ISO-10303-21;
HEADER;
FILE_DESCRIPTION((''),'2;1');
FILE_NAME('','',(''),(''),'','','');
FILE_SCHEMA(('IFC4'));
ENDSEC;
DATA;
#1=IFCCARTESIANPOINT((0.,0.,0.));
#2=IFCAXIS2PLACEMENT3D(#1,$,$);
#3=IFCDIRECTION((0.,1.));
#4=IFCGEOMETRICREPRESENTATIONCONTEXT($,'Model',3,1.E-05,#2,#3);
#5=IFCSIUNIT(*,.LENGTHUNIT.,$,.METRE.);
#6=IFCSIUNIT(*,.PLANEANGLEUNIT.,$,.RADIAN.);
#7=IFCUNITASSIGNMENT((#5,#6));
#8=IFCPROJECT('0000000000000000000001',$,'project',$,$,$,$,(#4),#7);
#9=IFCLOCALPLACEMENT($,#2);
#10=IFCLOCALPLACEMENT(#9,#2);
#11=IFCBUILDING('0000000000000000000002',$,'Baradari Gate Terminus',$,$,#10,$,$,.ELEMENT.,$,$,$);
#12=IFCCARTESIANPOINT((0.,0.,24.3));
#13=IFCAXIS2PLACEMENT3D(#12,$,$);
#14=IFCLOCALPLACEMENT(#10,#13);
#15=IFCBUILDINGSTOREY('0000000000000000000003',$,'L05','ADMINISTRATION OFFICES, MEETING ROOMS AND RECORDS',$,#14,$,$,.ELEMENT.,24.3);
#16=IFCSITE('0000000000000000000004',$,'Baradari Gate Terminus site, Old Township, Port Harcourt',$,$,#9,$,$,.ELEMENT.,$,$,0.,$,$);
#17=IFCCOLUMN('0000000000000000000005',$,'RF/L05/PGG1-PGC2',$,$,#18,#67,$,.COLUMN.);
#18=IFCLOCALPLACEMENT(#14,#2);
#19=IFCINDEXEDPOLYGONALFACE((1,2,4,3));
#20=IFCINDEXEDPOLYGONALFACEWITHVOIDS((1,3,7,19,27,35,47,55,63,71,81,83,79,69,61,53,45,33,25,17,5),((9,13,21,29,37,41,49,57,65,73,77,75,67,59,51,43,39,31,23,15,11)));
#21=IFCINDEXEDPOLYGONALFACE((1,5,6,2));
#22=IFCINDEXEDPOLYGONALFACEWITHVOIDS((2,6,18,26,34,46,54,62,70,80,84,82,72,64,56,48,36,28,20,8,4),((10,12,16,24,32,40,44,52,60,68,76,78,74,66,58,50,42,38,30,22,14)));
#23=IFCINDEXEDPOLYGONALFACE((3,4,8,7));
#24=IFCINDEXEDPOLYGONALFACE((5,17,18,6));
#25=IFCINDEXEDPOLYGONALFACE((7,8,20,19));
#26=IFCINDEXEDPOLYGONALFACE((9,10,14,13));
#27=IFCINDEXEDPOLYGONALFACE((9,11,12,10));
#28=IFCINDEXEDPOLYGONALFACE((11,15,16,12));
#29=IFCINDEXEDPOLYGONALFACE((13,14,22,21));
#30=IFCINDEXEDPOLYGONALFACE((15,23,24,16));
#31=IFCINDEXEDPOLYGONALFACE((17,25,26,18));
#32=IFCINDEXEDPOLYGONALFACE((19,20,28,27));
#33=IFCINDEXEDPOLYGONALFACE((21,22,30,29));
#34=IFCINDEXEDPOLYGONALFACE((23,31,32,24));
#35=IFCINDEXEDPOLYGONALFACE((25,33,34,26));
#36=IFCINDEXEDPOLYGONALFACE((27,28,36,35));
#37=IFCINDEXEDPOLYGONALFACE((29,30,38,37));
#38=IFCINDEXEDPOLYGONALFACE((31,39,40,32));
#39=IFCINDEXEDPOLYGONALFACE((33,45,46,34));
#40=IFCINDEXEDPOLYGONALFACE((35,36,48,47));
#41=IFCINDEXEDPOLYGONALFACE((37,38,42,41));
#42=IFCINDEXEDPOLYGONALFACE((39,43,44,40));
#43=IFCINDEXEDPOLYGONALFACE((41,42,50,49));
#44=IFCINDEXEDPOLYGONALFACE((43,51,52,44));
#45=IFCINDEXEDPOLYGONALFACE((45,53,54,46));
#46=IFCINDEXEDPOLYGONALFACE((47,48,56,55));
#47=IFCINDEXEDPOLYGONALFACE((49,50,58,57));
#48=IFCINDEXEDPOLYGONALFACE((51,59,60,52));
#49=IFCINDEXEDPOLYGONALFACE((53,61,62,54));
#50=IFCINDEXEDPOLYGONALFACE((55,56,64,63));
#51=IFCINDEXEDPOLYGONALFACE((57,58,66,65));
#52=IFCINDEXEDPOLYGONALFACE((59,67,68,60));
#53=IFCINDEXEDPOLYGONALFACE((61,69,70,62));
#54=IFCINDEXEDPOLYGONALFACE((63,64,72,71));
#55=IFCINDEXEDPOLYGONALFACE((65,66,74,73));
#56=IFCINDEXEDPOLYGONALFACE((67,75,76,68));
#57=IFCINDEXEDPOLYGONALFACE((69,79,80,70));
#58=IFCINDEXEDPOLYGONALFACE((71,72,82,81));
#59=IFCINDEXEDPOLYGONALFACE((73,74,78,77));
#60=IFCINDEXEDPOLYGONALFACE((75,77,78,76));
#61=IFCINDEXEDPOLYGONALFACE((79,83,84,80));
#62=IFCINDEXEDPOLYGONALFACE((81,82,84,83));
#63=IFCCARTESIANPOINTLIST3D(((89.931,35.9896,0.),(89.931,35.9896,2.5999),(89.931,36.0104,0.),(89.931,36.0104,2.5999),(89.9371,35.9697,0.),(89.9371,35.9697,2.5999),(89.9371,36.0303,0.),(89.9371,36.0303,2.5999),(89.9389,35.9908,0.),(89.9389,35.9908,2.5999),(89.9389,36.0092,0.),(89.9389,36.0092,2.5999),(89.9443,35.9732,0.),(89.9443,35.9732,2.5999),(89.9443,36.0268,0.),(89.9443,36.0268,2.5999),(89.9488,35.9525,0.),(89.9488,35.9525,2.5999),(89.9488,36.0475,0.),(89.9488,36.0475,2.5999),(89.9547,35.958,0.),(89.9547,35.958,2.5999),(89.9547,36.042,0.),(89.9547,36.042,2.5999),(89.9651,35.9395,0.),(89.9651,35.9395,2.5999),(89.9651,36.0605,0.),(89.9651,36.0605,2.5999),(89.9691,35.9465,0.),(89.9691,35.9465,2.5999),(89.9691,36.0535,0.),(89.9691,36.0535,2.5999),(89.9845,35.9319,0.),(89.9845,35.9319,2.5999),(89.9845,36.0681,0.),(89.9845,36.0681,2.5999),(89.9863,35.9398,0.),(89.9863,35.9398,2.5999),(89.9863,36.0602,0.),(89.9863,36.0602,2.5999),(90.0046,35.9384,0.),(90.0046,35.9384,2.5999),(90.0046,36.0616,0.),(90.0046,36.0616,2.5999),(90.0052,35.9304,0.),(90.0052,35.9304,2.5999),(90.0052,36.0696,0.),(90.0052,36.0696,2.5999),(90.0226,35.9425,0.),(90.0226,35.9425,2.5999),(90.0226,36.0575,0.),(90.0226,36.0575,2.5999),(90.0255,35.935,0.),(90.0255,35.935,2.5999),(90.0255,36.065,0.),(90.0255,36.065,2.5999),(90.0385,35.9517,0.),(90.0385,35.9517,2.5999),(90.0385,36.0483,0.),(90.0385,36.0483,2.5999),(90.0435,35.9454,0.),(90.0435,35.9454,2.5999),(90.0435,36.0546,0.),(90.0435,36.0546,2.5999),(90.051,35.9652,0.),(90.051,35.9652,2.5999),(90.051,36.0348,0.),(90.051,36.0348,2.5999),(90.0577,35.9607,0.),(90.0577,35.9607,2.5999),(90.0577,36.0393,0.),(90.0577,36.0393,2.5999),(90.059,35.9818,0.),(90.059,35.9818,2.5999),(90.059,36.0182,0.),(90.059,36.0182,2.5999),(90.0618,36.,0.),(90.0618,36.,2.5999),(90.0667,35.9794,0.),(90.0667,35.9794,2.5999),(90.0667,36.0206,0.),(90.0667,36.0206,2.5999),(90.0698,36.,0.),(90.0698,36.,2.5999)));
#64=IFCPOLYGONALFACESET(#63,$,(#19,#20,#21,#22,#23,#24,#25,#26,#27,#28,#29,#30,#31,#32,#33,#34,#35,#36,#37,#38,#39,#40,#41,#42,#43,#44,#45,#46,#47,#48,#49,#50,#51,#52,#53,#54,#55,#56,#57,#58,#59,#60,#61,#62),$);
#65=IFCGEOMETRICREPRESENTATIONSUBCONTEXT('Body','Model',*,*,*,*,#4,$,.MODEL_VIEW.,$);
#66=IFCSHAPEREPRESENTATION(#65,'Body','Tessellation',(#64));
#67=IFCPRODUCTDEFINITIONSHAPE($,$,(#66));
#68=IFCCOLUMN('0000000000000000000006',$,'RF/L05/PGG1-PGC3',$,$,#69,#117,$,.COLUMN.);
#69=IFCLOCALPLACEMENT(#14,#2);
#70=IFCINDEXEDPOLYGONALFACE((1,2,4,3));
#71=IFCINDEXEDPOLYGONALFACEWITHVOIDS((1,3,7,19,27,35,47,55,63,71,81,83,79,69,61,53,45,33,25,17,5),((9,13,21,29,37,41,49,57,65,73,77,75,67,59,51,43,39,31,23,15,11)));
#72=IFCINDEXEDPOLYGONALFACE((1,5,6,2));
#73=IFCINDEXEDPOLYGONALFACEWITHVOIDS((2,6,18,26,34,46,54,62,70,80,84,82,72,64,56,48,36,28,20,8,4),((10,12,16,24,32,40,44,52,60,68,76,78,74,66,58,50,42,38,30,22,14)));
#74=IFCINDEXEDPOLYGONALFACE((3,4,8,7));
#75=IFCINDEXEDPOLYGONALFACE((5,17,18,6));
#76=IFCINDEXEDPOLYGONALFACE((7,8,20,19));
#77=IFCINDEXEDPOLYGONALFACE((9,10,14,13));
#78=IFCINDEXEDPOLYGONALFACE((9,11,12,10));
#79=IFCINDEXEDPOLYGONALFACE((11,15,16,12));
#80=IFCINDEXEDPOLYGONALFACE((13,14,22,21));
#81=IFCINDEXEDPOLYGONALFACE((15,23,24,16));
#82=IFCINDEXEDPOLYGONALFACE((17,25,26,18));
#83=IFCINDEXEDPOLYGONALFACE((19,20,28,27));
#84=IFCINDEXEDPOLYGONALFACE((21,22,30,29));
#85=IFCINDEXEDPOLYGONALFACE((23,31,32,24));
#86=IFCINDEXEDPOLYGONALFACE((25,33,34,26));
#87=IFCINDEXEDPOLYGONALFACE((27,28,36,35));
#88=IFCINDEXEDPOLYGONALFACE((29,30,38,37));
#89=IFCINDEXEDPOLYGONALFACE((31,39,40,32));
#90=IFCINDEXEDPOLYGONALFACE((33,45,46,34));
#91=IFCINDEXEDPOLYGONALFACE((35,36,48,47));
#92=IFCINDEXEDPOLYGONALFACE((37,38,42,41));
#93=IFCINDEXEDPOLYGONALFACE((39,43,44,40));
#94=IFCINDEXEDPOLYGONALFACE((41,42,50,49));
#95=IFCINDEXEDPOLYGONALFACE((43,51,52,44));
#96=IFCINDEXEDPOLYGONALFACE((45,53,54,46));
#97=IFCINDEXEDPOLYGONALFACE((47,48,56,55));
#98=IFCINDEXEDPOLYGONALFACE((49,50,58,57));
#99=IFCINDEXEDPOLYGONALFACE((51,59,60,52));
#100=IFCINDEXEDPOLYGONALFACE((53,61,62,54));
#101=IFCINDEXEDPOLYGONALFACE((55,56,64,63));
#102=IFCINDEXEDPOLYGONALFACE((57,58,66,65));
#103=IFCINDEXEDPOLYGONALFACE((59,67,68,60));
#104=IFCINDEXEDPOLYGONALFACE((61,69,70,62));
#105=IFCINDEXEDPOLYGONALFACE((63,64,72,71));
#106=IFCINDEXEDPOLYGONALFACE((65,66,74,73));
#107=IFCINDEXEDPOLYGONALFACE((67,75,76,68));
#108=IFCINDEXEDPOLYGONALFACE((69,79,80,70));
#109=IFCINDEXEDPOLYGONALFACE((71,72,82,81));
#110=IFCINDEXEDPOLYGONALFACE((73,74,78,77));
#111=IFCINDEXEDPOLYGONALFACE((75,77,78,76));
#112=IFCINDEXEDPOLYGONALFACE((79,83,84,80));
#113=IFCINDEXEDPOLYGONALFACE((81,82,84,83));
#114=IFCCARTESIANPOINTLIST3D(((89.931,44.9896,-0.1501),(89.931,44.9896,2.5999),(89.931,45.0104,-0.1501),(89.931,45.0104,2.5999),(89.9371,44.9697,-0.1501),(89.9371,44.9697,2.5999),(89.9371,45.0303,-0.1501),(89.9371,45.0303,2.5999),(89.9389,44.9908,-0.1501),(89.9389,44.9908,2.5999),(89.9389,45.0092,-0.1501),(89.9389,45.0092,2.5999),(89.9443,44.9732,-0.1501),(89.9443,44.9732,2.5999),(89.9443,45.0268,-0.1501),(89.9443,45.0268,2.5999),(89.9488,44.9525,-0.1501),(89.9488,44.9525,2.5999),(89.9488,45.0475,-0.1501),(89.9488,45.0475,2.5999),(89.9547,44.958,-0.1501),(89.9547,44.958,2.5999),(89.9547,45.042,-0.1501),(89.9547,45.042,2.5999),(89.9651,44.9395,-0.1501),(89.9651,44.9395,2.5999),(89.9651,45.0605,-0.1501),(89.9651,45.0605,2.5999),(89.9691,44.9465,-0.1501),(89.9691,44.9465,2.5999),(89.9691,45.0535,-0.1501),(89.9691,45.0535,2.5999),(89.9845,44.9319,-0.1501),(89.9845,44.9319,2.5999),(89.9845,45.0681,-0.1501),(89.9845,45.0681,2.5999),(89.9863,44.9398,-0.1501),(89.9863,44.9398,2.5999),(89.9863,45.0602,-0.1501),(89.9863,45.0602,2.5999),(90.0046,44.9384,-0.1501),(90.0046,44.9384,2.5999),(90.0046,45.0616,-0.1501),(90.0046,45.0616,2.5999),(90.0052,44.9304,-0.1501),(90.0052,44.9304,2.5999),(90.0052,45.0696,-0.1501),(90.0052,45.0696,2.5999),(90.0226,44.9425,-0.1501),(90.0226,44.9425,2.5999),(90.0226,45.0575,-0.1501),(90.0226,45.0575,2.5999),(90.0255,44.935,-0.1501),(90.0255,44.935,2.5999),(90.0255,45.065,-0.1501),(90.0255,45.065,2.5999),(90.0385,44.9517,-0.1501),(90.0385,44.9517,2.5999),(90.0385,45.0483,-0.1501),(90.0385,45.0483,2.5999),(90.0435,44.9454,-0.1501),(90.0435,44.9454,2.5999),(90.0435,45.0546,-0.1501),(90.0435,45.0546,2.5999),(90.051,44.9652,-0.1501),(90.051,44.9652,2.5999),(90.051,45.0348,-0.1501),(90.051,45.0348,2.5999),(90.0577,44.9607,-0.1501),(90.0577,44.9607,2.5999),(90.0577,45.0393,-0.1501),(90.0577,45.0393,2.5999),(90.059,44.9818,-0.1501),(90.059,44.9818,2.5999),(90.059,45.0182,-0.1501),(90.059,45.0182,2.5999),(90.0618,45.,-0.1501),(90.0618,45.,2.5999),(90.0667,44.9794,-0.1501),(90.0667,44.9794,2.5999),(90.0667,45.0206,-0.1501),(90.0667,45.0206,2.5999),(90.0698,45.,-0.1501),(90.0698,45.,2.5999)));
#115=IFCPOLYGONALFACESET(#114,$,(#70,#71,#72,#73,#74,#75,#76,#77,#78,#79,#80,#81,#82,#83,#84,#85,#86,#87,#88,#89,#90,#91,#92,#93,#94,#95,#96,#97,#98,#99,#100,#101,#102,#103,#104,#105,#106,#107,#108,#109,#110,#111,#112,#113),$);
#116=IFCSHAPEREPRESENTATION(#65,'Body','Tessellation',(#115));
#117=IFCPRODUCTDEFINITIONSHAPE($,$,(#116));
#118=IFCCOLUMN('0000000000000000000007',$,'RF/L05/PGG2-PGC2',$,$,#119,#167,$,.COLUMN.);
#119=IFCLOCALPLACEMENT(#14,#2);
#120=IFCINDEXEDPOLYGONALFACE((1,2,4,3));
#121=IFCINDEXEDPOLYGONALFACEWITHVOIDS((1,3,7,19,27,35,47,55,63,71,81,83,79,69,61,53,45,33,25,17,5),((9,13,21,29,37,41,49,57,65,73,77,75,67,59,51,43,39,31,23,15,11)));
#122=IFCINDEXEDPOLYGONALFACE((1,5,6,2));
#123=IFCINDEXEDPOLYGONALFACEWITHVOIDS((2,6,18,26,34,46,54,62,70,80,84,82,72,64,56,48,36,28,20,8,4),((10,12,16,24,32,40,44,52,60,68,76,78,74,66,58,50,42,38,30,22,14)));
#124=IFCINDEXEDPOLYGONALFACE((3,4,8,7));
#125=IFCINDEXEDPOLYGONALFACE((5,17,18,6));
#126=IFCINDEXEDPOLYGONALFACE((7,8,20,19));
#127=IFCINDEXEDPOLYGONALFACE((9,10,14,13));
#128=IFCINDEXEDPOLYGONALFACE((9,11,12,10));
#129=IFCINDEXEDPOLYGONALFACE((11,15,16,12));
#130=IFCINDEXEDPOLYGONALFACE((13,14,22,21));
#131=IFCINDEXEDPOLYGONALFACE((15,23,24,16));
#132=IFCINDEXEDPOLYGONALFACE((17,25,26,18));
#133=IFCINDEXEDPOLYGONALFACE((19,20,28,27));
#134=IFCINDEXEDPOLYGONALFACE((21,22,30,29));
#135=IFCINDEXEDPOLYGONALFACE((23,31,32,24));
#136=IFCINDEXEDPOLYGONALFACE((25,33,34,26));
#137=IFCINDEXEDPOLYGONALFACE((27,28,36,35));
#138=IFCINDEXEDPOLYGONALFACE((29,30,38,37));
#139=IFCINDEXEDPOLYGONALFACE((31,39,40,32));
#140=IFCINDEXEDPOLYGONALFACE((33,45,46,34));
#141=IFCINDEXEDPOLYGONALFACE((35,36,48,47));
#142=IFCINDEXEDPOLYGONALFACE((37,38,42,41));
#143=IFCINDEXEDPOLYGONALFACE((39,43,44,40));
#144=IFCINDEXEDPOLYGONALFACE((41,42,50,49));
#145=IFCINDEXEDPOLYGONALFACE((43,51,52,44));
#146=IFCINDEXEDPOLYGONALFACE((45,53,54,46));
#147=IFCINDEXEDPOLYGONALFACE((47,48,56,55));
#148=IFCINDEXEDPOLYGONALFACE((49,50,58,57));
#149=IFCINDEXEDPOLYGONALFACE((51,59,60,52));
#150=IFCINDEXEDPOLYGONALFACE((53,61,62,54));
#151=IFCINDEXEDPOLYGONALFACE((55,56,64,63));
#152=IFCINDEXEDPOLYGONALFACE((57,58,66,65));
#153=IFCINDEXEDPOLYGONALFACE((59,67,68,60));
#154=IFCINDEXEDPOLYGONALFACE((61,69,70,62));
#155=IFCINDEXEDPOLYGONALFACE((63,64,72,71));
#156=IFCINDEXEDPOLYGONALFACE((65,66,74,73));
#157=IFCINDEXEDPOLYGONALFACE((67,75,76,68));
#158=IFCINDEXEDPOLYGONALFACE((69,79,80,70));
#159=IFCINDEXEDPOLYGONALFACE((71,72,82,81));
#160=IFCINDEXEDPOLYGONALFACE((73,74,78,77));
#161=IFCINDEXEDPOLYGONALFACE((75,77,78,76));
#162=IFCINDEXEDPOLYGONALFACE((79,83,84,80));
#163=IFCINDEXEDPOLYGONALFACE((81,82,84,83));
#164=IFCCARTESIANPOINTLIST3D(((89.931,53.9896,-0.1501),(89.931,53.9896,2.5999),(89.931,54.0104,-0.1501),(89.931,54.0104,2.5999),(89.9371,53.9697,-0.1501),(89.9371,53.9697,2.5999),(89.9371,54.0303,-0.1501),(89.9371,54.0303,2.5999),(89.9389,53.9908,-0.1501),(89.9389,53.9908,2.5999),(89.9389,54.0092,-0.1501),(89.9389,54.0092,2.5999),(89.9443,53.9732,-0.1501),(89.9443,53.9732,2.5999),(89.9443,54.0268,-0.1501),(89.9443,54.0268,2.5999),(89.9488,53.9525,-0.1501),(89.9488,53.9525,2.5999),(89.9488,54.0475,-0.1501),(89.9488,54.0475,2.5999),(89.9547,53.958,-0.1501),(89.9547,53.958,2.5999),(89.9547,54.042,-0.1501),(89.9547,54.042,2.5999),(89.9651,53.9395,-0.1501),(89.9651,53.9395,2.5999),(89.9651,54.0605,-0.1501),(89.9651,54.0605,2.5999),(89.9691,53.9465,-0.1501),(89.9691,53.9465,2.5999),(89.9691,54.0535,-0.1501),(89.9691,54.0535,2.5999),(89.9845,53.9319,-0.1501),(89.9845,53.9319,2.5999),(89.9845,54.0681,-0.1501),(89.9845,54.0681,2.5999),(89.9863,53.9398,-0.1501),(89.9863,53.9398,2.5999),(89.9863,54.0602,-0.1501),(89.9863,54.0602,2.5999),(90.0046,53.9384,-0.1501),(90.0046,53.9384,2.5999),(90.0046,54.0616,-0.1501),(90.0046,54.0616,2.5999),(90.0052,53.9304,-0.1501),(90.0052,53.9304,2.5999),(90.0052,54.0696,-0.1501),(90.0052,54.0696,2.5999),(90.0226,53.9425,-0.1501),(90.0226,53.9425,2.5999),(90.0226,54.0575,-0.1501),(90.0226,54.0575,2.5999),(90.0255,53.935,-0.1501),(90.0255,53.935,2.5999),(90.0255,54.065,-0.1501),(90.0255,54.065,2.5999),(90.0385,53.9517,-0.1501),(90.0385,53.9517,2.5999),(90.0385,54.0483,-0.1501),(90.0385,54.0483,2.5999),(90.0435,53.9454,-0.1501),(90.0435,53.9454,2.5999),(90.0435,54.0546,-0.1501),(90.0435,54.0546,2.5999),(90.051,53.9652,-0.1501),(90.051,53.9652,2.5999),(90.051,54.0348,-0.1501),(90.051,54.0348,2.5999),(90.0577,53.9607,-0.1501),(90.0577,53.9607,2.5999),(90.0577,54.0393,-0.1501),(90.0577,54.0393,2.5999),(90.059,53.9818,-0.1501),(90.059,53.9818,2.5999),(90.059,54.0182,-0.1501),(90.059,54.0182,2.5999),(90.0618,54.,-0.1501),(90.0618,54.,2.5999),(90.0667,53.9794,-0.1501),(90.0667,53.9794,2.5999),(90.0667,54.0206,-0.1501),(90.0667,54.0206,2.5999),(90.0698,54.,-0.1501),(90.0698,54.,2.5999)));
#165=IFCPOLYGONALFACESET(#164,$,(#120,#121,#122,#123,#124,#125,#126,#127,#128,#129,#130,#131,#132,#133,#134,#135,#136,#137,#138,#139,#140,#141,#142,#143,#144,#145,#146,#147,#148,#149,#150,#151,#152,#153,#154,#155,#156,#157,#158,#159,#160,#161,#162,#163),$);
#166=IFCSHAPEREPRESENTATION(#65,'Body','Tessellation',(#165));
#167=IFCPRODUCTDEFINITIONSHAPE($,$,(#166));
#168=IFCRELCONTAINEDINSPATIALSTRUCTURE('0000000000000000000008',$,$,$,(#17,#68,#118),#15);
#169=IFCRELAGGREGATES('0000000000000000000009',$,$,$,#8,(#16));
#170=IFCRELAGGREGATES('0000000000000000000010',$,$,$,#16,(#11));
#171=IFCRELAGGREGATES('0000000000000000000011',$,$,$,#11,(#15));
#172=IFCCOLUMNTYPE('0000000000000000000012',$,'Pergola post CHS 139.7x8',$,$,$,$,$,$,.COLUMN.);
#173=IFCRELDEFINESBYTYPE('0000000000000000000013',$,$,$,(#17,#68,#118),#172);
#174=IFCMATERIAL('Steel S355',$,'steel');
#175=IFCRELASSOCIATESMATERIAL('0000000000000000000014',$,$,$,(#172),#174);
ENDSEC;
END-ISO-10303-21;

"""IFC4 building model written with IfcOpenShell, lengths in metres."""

from ifc_helpers import new_model, si_unit, direction, frame, origin, origin_2d, place, context, subcontext, project, spatial, hollow_circle, extrude, material, material_profile, profile_set, type_object, element, save


model = new_model("IFC4")

# Units and contexts
model_context = context("Model", 3, precision=1e-05, world=origin(), true_north=direction((0.0, 1.0)))
body_context = subcontext(model_context, "Body", "Model", "MODEL_VIEW")
ifc_project = project(units=[si_unit("LENGTHUNIT", "METRE"), si_unit("PLANEANGLEUNIT", "RADIAN")], contexts=[model_context])

# Site, building, storey
site_placement = place(None, origin())
site = spatial("IfcSite", under=ifc_project, at=site_placement, Name="Baradari Gate Terminus site, Old Township, Port Harcourt", CompositionType="ELEMENT", RefElevation=0.0)
building_placement = place(site_placement, origin())
building = spatial("IfcBuilding", under=site, at=building_placement, Name="Baradari Gate Terminus", CompositionType="ELEMENT")
storey_placement = place(building_placement, frame((0.0, 0.0, 24.3)))
storey = spatial("IfcBuildingStorey", under=building, at=storey_placement, Name="L05", Description="ADMINISTRATION OFFICES, MEETING ROOMS AND RECORDS", CompositionType="ELEMENT", Elevation=24.3)

# Columns
ifc_material_1 = material(Name="Steel S355", Category="steel")
ifc_material_profile_1 = material_profile(ifc_material_1, hollow_circle(Radius=0.0698, WallThickness=0.0081, at=origin_2d()), Name="CHS 139.7x8")
ifc_profile_set_1 = profile_set([ifc_material_profile_1], Name="Steel S355")
column_type = type_object("IfcColumnType", Name="Pergola post CHS 139.7x8", PredefinedType="COLUMN", material=ifc_profile_set_1)
column_1_placement = place(storey_placement, frame((90.0, 36.0, 0.0), z_axis=(0.0, 0.0, 1.0), x_axis=(1.0, 0.0, 0.0)))
element("IfcColumn", 1, at=column_1_placement, inside=storey, type_object=column_type, Name="RF/L05/PGG1-PGC2", PredefinedType="COLUMN", context=body_context, shape_type="SweptSolid", body=[
    extrude(hollow_circle(Radius=0.0698, WallThickness=0.0081, at=origin_2d()), origin(), (0.0, 0.0, 1.0), 2.5999),
])
for number, where, z_axis, x_axis, name in (
    (2, (90.0, 45.0, -0.1501), (0.0, 0.0, 1.0), (1.0, 0.0, 0.0), "RF/L05/PGG1-PGC3"),
    (3, (90.0, 54.0, -0.1501), (0.0, 0.0, 1.0), (1.0, 0.0, 0.0), "RF/L05/PGG2-PGC2"),
):
    element("IfcColumn", number, at=place(storey_placement, frame(where, z_axis=z_axis, x_axis=x_axis)), inside=storey, type_object=column_type, Name=name, PredefinedType="COLUMN", context=body_context, shape_type="SweptSolid", body=[
        extrude(hollow_circle(Radius=0.0698, WallThickness=0.0081, at=origin_2d()), origin(), (0.0, 0.0, 1.0), 2.75),
    ])

save(model, "model.ifc")
